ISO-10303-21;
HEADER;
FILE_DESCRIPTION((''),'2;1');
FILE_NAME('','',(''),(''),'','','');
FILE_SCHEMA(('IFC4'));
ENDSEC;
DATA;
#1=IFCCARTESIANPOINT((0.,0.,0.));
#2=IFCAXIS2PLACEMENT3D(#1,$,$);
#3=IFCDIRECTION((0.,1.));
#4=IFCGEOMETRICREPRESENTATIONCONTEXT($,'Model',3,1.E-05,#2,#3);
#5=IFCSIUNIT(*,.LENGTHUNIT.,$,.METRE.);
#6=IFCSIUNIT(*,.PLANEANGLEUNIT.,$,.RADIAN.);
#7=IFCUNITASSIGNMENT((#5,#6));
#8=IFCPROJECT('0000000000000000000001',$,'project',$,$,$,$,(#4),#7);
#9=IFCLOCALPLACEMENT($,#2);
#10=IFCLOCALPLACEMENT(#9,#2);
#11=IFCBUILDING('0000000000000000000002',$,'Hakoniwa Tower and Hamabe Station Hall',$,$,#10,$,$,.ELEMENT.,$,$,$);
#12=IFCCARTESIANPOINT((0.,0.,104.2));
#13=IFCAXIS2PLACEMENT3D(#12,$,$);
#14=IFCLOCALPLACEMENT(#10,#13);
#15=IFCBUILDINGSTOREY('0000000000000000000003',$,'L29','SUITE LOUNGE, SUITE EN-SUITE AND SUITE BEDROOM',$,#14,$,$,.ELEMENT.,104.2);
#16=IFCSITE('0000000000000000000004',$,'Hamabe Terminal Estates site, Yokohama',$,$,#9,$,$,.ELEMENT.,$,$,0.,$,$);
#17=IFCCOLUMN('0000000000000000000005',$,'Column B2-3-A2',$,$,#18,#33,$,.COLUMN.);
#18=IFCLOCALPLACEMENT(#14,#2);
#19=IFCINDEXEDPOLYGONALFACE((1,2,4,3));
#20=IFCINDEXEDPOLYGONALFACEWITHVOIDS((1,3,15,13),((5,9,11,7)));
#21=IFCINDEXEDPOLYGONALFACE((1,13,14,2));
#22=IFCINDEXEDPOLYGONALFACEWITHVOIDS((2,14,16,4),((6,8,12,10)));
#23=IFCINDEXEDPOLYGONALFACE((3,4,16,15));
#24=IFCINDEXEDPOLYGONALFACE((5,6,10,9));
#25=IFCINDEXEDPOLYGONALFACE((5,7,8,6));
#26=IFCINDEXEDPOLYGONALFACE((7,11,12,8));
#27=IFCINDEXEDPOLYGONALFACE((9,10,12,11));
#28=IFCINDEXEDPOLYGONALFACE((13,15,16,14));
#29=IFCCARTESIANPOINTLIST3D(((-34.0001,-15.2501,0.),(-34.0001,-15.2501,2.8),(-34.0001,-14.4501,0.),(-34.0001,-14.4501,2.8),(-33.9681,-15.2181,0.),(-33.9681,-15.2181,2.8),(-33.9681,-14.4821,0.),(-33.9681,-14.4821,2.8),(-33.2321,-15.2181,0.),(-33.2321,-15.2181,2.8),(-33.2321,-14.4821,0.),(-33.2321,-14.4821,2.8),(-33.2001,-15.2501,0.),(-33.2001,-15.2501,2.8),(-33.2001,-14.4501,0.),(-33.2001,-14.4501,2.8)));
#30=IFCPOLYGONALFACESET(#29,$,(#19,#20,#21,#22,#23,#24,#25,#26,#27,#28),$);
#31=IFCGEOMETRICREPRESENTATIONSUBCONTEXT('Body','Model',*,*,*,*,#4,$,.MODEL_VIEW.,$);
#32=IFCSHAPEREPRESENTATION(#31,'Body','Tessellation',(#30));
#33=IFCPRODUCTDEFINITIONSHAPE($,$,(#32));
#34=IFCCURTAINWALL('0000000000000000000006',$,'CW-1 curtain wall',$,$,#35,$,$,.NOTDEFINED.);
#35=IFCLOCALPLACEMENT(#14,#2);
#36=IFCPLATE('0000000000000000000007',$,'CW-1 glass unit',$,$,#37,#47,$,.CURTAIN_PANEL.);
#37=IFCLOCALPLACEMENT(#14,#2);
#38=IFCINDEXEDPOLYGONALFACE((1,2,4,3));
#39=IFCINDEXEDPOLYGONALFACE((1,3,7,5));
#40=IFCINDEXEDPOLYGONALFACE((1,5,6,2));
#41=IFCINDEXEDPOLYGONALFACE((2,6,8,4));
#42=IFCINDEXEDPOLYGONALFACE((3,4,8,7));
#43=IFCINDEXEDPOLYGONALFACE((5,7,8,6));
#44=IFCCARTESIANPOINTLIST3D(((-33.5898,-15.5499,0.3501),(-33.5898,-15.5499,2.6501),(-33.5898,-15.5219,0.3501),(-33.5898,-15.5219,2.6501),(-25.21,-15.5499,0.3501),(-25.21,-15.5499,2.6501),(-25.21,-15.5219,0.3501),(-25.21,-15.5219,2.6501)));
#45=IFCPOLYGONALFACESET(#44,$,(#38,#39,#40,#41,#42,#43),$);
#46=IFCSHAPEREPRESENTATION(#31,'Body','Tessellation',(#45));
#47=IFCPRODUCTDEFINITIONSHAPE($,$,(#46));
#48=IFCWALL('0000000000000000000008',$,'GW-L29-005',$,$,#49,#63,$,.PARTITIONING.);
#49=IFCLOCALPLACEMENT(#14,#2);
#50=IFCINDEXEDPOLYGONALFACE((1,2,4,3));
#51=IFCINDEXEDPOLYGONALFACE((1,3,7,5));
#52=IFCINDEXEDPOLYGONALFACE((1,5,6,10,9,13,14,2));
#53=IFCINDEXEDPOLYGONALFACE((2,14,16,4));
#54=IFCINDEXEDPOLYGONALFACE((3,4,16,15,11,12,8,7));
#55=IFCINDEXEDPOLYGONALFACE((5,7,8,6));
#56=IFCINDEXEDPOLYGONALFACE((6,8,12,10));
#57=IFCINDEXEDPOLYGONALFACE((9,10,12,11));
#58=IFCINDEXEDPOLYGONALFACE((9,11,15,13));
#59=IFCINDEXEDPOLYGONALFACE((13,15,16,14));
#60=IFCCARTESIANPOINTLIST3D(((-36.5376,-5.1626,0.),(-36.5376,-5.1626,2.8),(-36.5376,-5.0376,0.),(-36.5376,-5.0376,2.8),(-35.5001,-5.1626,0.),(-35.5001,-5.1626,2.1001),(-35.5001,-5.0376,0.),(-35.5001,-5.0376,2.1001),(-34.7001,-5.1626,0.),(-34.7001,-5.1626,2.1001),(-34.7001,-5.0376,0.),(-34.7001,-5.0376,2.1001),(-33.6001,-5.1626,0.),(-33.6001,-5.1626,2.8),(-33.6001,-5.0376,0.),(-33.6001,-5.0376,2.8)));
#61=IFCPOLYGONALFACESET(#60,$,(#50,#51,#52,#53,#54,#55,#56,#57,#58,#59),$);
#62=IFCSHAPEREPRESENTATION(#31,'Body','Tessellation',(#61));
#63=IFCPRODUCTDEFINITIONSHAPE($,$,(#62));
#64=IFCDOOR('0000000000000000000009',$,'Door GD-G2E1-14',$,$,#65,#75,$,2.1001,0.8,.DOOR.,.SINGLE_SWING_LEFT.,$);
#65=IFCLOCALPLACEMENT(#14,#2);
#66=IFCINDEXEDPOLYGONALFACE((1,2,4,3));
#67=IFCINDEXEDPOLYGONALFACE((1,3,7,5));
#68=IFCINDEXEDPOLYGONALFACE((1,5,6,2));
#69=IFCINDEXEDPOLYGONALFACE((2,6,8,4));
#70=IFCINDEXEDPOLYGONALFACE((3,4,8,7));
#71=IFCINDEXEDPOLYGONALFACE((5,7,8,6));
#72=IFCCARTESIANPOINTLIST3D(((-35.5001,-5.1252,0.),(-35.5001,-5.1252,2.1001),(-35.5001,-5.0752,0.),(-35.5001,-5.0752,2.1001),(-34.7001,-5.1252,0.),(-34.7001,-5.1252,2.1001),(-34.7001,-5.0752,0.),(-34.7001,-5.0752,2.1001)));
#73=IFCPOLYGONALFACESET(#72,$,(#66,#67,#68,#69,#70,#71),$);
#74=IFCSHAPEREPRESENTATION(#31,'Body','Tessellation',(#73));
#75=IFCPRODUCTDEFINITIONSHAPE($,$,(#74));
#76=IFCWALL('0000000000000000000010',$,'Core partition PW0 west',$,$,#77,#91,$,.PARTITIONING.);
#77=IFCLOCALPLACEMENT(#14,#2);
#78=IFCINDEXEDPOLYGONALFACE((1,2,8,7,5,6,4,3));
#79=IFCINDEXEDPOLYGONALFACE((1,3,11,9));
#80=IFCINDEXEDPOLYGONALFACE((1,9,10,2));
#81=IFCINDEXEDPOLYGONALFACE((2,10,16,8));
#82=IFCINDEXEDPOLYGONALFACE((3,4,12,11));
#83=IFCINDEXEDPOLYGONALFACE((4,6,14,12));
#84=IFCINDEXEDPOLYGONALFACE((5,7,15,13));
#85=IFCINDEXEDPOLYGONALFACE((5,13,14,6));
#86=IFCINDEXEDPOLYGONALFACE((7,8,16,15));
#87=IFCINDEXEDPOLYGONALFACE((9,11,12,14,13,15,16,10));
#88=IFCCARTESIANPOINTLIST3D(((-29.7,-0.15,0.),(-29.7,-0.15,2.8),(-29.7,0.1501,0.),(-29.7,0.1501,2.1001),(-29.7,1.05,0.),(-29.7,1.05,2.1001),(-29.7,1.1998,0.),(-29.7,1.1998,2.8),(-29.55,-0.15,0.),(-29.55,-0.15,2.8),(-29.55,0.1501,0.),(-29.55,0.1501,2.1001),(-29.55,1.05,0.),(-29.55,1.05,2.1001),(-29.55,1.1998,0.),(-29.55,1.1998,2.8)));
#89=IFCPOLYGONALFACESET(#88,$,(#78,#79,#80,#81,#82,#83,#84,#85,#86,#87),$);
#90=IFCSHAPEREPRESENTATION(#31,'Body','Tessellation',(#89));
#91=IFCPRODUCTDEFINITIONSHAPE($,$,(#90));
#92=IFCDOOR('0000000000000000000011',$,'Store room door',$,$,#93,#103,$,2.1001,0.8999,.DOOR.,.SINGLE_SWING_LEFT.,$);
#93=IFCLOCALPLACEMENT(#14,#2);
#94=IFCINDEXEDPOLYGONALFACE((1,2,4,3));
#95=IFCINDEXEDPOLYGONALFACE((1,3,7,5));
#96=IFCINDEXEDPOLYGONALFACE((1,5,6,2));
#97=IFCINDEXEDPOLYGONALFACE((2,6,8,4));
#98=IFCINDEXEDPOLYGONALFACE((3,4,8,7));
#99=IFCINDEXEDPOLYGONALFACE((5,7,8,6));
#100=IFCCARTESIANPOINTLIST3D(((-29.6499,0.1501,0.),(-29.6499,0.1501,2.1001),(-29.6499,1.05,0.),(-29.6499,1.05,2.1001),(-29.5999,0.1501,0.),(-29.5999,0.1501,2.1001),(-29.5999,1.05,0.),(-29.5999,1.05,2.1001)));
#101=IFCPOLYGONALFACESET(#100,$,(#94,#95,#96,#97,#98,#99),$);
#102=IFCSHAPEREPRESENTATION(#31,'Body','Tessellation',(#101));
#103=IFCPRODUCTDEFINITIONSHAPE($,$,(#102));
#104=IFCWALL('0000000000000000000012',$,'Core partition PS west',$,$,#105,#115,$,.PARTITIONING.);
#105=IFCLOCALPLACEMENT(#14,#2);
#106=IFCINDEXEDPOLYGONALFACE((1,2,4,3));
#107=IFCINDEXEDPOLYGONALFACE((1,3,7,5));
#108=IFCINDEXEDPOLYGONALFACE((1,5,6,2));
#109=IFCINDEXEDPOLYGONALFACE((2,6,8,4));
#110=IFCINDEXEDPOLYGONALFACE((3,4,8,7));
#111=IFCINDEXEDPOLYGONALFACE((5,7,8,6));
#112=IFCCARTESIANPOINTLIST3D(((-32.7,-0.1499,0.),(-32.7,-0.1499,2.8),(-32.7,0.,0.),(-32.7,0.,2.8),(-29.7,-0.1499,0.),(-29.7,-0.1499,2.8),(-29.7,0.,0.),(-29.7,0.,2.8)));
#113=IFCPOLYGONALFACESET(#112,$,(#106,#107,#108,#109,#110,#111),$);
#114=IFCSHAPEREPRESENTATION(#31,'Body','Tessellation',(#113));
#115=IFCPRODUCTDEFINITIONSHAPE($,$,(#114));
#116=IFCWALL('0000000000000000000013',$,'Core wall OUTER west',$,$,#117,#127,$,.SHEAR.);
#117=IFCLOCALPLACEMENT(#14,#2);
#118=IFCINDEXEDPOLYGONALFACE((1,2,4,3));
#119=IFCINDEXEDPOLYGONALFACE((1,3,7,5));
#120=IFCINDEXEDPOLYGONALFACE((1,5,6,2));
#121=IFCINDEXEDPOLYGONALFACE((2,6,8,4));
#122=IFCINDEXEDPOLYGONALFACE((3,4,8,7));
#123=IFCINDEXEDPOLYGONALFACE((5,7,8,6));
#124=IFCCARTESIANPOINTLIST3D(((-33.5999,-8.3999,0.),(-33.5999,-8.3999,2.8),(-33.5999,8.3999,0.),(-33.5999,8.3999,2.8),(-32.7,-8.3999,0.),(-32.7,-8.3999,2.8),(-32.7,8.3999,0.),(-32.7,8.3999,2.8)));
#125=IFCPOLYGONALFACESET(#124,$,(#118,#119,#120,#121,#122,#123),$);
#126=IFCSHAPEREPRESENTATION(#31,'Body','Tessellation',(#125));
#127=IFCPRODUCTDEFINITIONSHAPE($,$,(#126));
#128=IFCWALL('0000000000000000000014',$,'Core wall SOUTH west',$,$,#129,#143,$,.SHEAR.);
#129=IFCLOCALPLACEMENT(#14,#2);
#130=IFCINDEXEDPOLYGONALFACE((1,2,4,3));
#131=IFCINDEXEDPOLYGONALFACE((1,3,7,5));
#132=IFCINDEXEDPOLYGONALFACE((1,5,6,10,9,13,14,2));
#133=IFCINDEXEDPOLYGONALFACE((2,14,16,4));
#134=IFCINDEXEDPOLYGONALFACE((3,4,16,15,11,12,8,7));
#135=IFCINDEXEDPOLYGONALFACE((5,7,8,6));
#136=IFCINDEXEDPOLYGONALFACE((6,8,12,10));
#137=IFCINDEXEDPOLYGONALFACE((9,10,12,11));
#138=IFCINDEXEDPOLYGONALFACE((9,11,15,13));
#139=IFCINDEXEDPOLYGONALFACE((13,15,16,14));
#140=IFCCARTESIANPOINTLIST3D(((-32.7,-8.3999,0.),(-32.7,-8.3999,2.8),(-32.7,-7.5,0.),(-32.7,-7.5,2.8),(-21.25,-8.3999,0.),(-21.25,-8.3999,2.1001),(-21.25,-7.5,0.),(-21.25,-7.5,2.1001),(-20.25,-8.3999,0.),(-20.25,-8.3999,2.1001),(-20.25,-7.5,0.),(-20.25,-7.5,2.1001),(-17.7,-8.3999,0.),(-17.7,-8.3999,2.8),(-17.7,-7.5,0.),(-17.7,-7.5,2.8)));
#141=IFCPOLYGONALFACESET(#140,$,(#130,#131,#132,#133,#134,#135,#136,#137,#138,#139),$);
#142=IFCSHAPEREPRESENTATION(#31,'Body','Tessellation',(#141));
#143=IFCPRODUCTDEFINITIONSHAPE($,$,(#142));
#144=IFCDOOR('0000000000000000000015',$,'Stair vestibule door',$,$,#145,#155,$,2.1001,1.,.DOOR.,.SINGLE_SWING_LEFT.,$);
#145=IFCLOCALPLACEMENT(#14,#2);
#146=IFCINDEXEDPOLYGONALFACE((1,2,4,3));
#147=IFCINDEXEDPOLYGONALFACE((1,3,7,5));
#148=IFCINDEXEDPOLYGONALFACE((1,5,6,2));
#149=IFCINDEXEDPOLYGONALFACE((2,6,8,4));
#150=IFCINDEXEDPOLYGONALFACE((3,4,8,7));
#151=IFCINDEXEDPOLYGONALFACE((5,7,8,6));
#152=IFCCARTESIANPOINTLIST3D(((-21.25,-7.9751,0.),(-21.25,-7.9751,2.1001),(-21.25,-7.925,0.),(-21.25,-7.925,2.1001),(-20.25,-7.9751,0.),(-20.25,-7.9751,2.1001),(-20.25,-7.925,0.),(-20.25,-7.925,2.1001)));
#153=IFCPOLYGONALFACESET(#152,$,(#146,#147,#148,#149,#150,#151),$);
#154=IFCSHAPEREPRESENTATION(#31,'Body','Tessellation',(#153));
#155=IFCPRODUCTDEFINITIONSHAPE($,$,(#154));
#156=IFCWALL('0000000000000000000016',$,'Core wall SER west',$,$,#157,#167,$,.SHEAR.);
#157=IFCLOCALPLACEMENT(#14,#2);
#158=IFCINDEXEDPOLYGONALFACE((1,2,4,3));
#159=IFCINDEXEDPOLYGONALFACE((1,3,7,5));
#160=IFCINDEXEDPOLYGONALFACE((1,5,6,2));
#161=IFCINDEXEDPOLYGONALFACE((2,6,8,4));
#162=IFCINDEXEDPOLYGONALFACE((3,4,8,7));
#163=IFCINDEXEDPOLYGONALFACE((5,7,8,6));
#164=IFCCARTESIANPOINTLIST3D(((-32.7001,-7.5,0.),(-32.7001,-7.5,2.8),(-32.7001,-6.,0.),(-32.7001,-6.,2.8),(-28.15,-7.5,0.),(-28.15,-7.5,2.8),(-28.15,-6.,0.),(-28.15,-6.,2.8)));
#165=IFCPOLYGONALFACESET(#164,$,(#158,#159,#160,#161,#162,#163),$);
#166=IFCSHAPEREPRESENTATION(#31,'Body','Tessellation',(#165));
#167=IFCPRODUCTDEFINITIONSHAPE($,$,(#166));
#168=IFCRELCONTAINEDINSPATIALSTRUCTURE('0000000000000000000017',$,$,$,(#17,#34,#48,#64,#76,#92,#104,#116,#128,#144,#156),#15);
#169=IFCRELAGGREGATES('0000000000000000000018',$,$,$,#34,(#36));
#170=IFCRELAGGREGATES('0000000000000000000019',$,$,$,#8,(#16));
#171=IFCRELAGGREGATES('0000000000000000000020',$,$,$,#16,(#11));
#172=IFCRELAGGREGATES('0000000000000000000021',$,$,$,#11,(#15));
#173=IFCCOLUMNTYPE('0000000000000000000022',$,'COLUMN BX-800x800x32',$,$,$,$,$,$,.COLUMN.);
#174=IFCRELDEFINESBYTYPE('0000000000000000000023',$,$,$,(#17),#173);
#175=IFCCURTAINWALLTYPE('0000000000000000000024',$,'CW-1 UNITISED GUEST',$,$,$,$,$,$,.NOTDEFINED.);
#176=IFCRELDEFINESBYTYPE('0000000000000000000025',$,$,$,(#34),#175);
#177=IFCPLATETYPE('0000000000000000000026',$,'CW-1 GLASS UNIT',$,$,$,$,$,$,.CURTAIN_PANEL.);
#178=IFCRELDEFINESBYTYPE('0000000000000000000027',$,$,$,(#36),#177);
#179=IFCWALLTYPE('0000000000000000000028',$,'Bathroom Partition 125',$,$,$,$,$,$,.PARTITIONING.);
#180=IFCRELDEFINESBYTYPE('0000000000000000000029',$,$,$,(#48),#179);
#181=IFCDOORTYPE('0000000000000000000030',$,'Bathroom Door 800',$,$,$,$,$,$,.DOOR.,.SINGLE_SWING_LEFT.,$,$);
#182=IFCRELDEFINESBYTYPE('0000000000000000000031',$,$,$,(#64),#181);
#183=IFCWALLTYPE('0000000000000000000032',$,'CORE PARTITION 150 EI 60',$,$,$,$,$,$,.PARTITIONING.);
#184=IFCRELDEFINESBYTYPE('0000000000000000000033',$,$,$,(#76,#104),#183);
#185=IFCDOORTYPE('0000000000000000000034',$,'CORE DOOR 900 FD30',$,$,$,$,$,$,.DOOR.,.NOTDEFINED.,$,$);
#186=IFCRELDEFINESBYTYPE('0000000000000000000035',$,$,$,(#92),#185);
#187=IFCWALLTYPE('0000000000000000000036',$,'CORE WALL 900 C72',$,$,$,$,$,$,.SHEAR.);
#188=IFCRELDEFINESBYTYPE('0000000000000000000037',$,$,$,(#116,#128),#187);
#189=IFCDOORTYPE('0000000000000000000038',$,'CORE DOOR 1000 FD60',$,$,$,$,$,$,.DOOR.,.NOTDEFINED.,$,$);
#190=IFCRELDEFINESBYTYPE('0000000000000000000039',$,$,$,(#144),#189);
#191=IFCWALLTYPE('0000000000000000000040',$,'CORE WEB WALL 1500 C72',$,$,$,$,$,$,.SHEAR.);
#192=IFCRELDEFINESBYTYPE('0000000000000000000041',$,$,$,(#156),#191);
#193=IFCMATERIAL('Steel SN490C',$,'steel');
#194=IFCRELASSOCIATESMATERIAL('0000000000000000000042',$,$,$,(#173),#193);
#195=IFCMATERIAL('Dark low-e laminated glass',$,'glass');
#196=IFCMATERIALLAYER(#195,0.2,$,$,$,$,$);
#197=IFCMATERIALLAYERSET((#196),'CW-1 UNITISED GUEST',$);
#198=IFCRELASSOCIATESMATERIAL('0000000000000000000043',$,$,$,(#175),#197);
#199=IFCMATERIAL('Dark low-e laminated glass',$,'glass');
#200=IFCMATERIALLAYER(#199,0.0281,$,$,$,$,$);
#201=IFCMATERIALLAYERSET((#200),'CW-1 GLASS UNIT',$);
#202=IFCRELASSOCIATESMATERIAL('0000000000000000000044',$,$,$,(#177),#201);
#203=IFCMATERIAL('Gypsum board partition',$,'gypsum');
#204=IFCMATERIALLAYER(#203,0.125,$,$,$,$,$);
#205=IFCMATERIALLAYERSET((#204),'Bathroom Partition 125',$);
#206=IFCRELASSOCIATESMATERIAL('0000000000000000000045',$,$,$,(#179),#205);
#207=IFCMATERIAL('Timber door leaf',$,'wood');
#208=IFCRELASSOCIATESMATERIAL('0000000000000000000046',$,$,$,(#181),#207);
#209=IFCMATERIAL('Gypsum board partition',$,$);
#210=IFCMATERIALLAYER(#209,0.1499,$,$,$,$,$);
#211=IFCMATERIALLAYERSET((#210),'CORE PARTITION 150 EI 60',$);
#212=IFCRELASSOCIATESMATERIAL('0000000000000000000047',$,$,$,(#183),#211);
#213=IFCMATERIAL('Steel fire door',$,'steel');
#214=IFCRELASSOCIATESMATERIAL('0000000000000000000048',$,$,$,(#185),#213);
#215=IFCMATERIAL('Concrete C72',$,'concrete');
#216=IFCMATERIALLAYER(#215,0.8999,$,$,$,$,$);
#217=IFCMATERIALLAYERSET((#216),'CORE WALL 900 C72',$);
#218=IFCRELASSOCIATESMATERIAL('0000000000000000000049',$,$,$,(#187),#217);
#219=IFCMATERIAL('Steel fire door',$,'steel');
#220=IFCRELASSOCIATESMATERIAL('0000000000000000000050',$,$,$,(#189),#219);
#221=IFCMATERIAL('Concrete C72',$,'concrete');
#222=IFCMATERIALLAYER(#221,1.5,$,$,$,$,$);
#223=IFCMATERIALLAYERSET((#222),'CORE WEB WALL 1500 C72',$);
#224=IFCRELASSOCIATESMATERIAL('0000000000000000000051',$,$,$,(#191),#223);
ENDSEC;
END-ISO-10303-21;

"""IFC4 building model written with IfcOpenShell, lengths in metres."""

from ifc_helpers import new_model, si_unit, direction, frame, frame_2d, origin, origin_2d, place, context, subcontext, project, spatial, rectangle, hollow_rectangle, extrude, material, layer, layer_set, material_profile, profile_set, type_object, element, fill, aggregate, save


model = new_model("IFC4")

# Units and contexts
model_context = context("Model", 3, precision=1e-05, world=origin(), true_north=direction((0.0, 1.0)))
body_context = subcontext(model_context, "Body", "Model", "MODEL_VIEW")
ifc_project = project(units=[si_unit("LENGTHUNIT", "METRE"), si_unit("PLANEANGLEUNIT", "RADIAN")], contexts=[model_context])

# Site, building, storey
site_placement = place(None, origin())
site = spatial("IfcSite", under=ifc_project, at=site_placement, Name="Hamabe Terminal Estates site, Yokohama", CompositionType="ELEMENT", RefElevation=0.0)
building_placement = place(site_placement, origin())
building = spatial("IfcBuilding", under=site, at=building_placement, Name="Hakoniwa Tower and Hamabe Station Hall", CompositionType="ELEMENT")
storey_placement = place(building_placement, frame((0.0, 0.0, 104.2)))
storey = spatial("IfcBuildingStorey", under=building, at=storey_placement, Name="L29", Description="SUITE LOUNGE, SUITE EN-SUITE AND SUITE BEDROOM", CompositionType="ELEMENT", Elevation=104.2)

# Column
ifc_material_1 = material(Name="Steel SN490C", Category="steel")
ifc_material_profile = material_profile(ifc_material_1, hollow_rectangle(XDim=0.8, YDim=0.8, WallThickness=0.032, at=origin_2d()), Name="BX-800x800x32")
ifc_profile_set = profile_set([ifc_material_profile], Name="Steel SN490C")
column_type = type_object("IfcColumnType", Name="COLUMN BX-800x800x32", PredefinedType="COLUMN", material=ifc_profile_set)
column_placement = place(storey_placement, frame((-33.6001, -14.8501, 0.0), z_axis=(0.0, 0.0, 1.0), x_axis=(1.0, 0.0, 0.0)))
element("IfcColumn", 1, at=column_placement, inside=storey, type_object=column_type, Name="Column B2-3-A2", PredefinedType="COLUMN", context=body_context, shape_type="SweptSolid", body=[
    extrude(hollow_rectangle(XDim=0.8, YDim=0.8, WallThickness=0.032, at=origin_2d()), origin(), (0.0, 0.0, 1.0), 2.8),
])

# Curtain wall, plate
ifc_material_2 = material(Name="Dark low-e laminated glass", Category="glass")
ifc_layer_1 = layer(ifc_material_2, 0.2)
ifc_layer_set_1 = layer_set([ifc_layer_1], Name="CW-1 UNITISED GUEST")
curtain_wall_type = type_object("IfcCurtainWallType", Name="CW-1 UNITISED GUEST", PredefinedType="NOTDEFINED", material=ifc_layer_set_1)
curtain_wall_placement = place(storey_placement, origin())
curtain_wall = element("IfcCurtainWall", 2, at=curtain_wall_placement, inside=storey, type_object=curtain_wall_type, Name="CW-1 curtain wall", PredefinedType="NOTDEFINED")
ifc_material_3 = material(Name="Dark low-e laminated glass", Category="glass")
ifc_layer_2 = layer(ifc_material_3, 0.0281)
ifc_layer_set_2 = layer_set([ifc_layer_2], Name="CW-1 GLASS UNIT")
plate_type = type_object("IfcPlateType", Name="CW-1 GLASS UNIT", PredefinedType="CURTAIN_PANEL", material=ifc_layer_set_2)
plate_placement = place(storey_placement, frame((-29.3999, -15.5359, 0.3501), z_axis=(0.0, 0.0, 1.0), x_axis=(1.0, 0.0, 0.0)))
plate = element("IfcPlate", 3, at=plate_placement, type_object=plate_type, Name="CW-1 glass unit", PredefinedType="CURTAIN_PANEL", context=body_context, shape_type="SweptSolid", body=[
    extrude(rectangle(XDim=8.3799, YDim=0.0281, at=origin_2d()), origin(), (0.0, 0.0, 1.0), 2.3),
])
aggregate(curtain_wall, [plate])

# Walls, openings, doors
ifc_material_4 = material(Name="Gypsum board partition", Category="gypsum")
ifc_layer_3 = layer(ifc_material_4, 0.125)
ifc_layer_set_3 = layer_set([ifc_layer_3], Name="Bathroom Partition 125")
wall_type_1 = type_object("IfcWallType", Name="Bathroom Partition 125", PredefinedType="PARTITIONING", material=ifc_layer_set_3)
wall_1_placement = place(storey_placement, frame((-36.5376, -5.1001, 0.0), z_axis=(0.0, 0.0, 1.0), x_axis=(1.0, 0.0, 0.0)))
wall_1 = element("IfcWall", 4, at=wall_1_placement, inside=storey, type_object=wall_type_1, Name="GW-L29-005", PredefinedType="PARTITIONING", context=body_context, shape_type="SweptSolid", body=[
    extrude(rectangle(XDim=2.9375, YDim=0.125, at=frame_2d((1.4688, 0.0))), origin(), (0.0, 0.0, 1.0), 2.8),
])
opening_1_placement = place(wall_1_placement, frame((1.0376, 0.0, 0.0)))
opening_1 = element("IfcOpeningElement", 5, at=opening_1_placement, cuts=wall_1, PredefinedType="OPENING", context=body_context, shape_type="SweptSolid", body=[
    extrude(rectangle(XDim=0.8, YDim=2.1001, at=frame_2d((0.3999, 1.05))), frame((0.0, 0.0725, 0.0), z_axis=(0.0, -1.0, 0.0), x_axis=(1.0, 0.0, 0.0)), (0.0, 0.0, 1.0), 0.145),
])
ifc_material_5 = material(Name="Timber door leaf", Category="wood")
door_type_1 = type_object("IfcDoorType", Name="Bathroom Door 800", OperationType="SINGLE_SWING_LEFT", PredefinedType="DOOR", material=ifc_material_5)
door_1_placement = place(opening_1_placement, origin())
door_1 = element("IfcDoor", 6, at=door_1_placement, inside=storey, type_object=door_type_1, Name="Door GD-G2E1-14", OperationType="SINGLE_SWING_LEFT", OverallHeight=2.1001, OverallWidth=0.8, PredefinedType="DOOR", context=body_context, shape_type="SweptSolid", body=[
    extrude(rectangle(XDim=0.8, YDim=2.1001, at=frame_2d((0.3999, 1.05))), frame((0.0, 0.0249, 0.0), z_axis=(0.0, -1.0, 0.0), x_axis=(1.0, 0.0, 0.0)), (0.0, 0.0, 1.0), 0.05),
])
fill(opening_1, door_1)
ifc_material_6 = material(Name="Gypsum board partition")
ifc_layer_4 = layer(ifc_material_6, 0.1499)
ifc_layer_set_4 = layer_set([ifc_layer_4], Name="CORE PARTITION 150 EI 60")
wall_type_2 = type_object("IfcWallType", Name="CORE PARTITION 150 EI 60", PredefinedType="PARTITIONING", material=ifc_layer_set_4)
wall_2_placement = place(storey_placement, frame((-29.625, -0.1499, 0.0), z_axis=(0.0, 0.0, 1.0), x_axis=(0.0, 1.0, 0.0)))
wall_2 = element("IfcWall", 7, at=wall_2_placement, inside=storey, type_object=wall_type_2, Name="Core partition PW0 west", PredefinedType="PARTITIONING", context=body_context, shape_type="SweptSolid", body=[
    extrude(rectangle(XDim=1.3499, YDim=0.1499, at=frame_2d((0.6748, 0.0))), origin(), (0.0, 0.0, 1.0), 2.8),
])
opening_2_placement = place(wall_2_placement, frame((0.3, 0.0, 0.0)))
opening_2 = element("IfcOpeningElement", 8, at=opening_2_placement, cuts=wall_2, PredefinedType="OPENING", context=body_context, shape_type="SweptSolid", body=[
    extrude(rectangle(XDim=0.8999, YDim=2.1001, at=frame_2d((0.45, 1.05))), frame((0.0, 0.085, 0.0), z_axis=(0.0, -1.0, 0.0), x_axis=(1.0, 0.0, 0.0)), (0.0, 0.0, 1.0), 0.1699),
])
ifc_material_7 = material(Name="Steel fire door", Category="steel")
door_type_2 = type_object("IfcDoorType", Name="CORE DOOR 900 FD30", OperationType="NOTDEFINED", PredefinedType="DOOR", material=ifc_material_7)
door_2_placement = place(opening_2_placement, origin())
door_2 = element("IfcDoor", 9, at=door_2_placement, inside=storey, type_object=door_type_2, Name="Store room door", OperationType="SINGLE_SWING_LEFT", OverallHeight=2.1001, OverallWidth=0.8999, PredefinedType="DOOR", context=body_context, shape_type="SweptSolid", body=[
    extrude(rectangle(XDim=0.8999, YDim=2.1001, at=frame_2d((0.45, 1.05))), frame((0.0, 0.0249, 0.0), z_axis=(0.0, -1.0, 0.0), x_axis=(1.0, 0.0, 0.0)), (0.0, 0.0, 1.0), 0.05),
])
fill(opening_2, door_2)

# Walls
wall_3_placement = place(storey_placement, frame((-32.7, -0.075, 0.0), z_axis=(0.0, 0.0, 1.0), x_axis=(1.0, 0.0, 0.0)))
element("IfcWall", 10, at=wall_3_placement, inside=storey, type_object=wall_type_2, Name="Core partition PS west", PredefinedType="PARTITIONING", context=body_context, shape_type="SweptSolid", body=[
    extrude(rectangle(XDim=3.0, YDim=0.1499, at=frame_2d((1.5, 0.0))), origin(), (0.0, 0.0, 1.0), 2.8),
])
ifc_material_8 = material(Name="Concrete C72", Category="concrete")
ifc_layer_5 = layer(ifc_material_8, 0.8999)
ifc_layer_set_5 = layer_set([ifc_layer_5], Name="CORE WALL 900 C72")
wall_type_3 = type_object("IfcWallType", Name="CORE WALL 900 C72", PredefinedType="SHEAR", material=ifc_layer_set_5)
wall_4_placement = place(storey_placement, frame((-33.1499, -8.3999, 0.0), z_axis=(0.0, 0.0, 1.0), x_axis=(0.0, 1.0, 0.0)))
element("IfcWall", 11, at=wall_4_placement, inside=storey, type_object=wall_type_3, Name="Core wall OUTER west", PredefinedType="SHEAR", context=body_context, shape_type="SweptSolid", body=[
    extrude(rectangle(XDim=16.7998, YDim=0.8999, at=frame_2d((8.3999, 0.0))), origin(), (0.0, 0.0, 1.0), 2.8),
])

# Wall, opening, door
wall_5_placement = place(storey_placement, frame((-32.7, -7.95, 0.0), z_axis=(0.0, 0.0, 1.0), x_axis=(1.0, 0.0, 0.0)))
wall_5 = element("IfcWall", 12, at=wall_5_placement, inside=storey, type_object=wall_type_3, Name="Core wall SOUTH west", PredefinedType="SHEAR", context=body_context, shape_type="SweptSolid", body=[
    extrude(rectangle(XDim=15.0, YDim=0.8999, at=frame_2d((7.5, 0.0))), origin(), (0.0, 0.0, 1.0), 2.8),
])
opening_3_placement = place(wall_5_placement, frame((11.45, 0.0, 0.0)))
opening_3 = element("IfcOpeningElement", 13, at=opening_3_placement, cuts=wall_5, PredefinedType="OPENING", context=body_context, shape_type="SweptSolid", body=[
    extrude(rectangle(XDim=1.0, YDim=2.1001, at=frame_2d((0.5, 1.05))), frame((0.0, 0.46, 0.0), z_axis=(0.0, -1.0, 0.0), x_axis=(1.0, 0.0, 0.0)), (0.0, 0.0, 1.0), 0.9199),
])
ifc_material_9 = material(Name="Steel fire door", Category="steel")
door_type_3 = type_object("IfcDoorType", Name="CORE DOOR 1000 FD60", OperationType="NOTDEFINED", PredefinedType="DOOR", material=ifc_material_9)
door_3_placement = place(opening_3_placement, origin())
door_3 = element("IfcDoor", 14, at=door_3_placement, inside=storey, type_object=door_type_3, Name="Stair vestibule door", OperationType="SINGLE_SWING_LEFT", OverallHeight=2.1001, OverallWidth=1.0, PredefinedType="DOOR", context=body_context, shape_type="SweptSolid", body=[
    extrude(rectangle(XDim=1.0, YDim=2.1001, at=frame_2d((0.5, 1.05))), frame((0.0, 0.0249, 0.0), z_axis=(0.0, -1.0, 0.0), x_axis=(1.0, 0.0, 0.0)), (0.0, 0.0, 1.0), 0.05),
])
fill(opening_3, door_3)

# Wall
ifc_material_10 = material(Name="Concrete C72", Category="concrete")
ifc_layer_6 = layer(ifc_material_10, 1.5)
ifc_layer_set_6 = layer_set([ifc_layer_6], Name="CORE WEB WALL 1500 C72")
wall_type_4 = type_object("IfcWallType", Name="CORE WEB WALL 1500 C72", PredefinedType="SHEAR", material=ifc_layer_set_6)
wall_6_placement = place(storey_placement, frame((-32.7, -6.75, 0.0), z_axis=(0.0, 0.0, 1.0), x_axis=(1.0, 0.0, 0.0)))
element("IfcWall", 15, at=wall_6_placement, inside=storey, type_object=wall_type_4, Name="Core wall SER west", PredefinedType="SHEAR", context=body_context, shape_type="SweptSolid", body=[
    extrude(rectangle(XDim=4.55, YDim=1.5, at=frame_2d((2.2749, 0.0))), origin(), (0.0, 0.0, 1.0), 2.8),
])

save(model, "model.ifc")
